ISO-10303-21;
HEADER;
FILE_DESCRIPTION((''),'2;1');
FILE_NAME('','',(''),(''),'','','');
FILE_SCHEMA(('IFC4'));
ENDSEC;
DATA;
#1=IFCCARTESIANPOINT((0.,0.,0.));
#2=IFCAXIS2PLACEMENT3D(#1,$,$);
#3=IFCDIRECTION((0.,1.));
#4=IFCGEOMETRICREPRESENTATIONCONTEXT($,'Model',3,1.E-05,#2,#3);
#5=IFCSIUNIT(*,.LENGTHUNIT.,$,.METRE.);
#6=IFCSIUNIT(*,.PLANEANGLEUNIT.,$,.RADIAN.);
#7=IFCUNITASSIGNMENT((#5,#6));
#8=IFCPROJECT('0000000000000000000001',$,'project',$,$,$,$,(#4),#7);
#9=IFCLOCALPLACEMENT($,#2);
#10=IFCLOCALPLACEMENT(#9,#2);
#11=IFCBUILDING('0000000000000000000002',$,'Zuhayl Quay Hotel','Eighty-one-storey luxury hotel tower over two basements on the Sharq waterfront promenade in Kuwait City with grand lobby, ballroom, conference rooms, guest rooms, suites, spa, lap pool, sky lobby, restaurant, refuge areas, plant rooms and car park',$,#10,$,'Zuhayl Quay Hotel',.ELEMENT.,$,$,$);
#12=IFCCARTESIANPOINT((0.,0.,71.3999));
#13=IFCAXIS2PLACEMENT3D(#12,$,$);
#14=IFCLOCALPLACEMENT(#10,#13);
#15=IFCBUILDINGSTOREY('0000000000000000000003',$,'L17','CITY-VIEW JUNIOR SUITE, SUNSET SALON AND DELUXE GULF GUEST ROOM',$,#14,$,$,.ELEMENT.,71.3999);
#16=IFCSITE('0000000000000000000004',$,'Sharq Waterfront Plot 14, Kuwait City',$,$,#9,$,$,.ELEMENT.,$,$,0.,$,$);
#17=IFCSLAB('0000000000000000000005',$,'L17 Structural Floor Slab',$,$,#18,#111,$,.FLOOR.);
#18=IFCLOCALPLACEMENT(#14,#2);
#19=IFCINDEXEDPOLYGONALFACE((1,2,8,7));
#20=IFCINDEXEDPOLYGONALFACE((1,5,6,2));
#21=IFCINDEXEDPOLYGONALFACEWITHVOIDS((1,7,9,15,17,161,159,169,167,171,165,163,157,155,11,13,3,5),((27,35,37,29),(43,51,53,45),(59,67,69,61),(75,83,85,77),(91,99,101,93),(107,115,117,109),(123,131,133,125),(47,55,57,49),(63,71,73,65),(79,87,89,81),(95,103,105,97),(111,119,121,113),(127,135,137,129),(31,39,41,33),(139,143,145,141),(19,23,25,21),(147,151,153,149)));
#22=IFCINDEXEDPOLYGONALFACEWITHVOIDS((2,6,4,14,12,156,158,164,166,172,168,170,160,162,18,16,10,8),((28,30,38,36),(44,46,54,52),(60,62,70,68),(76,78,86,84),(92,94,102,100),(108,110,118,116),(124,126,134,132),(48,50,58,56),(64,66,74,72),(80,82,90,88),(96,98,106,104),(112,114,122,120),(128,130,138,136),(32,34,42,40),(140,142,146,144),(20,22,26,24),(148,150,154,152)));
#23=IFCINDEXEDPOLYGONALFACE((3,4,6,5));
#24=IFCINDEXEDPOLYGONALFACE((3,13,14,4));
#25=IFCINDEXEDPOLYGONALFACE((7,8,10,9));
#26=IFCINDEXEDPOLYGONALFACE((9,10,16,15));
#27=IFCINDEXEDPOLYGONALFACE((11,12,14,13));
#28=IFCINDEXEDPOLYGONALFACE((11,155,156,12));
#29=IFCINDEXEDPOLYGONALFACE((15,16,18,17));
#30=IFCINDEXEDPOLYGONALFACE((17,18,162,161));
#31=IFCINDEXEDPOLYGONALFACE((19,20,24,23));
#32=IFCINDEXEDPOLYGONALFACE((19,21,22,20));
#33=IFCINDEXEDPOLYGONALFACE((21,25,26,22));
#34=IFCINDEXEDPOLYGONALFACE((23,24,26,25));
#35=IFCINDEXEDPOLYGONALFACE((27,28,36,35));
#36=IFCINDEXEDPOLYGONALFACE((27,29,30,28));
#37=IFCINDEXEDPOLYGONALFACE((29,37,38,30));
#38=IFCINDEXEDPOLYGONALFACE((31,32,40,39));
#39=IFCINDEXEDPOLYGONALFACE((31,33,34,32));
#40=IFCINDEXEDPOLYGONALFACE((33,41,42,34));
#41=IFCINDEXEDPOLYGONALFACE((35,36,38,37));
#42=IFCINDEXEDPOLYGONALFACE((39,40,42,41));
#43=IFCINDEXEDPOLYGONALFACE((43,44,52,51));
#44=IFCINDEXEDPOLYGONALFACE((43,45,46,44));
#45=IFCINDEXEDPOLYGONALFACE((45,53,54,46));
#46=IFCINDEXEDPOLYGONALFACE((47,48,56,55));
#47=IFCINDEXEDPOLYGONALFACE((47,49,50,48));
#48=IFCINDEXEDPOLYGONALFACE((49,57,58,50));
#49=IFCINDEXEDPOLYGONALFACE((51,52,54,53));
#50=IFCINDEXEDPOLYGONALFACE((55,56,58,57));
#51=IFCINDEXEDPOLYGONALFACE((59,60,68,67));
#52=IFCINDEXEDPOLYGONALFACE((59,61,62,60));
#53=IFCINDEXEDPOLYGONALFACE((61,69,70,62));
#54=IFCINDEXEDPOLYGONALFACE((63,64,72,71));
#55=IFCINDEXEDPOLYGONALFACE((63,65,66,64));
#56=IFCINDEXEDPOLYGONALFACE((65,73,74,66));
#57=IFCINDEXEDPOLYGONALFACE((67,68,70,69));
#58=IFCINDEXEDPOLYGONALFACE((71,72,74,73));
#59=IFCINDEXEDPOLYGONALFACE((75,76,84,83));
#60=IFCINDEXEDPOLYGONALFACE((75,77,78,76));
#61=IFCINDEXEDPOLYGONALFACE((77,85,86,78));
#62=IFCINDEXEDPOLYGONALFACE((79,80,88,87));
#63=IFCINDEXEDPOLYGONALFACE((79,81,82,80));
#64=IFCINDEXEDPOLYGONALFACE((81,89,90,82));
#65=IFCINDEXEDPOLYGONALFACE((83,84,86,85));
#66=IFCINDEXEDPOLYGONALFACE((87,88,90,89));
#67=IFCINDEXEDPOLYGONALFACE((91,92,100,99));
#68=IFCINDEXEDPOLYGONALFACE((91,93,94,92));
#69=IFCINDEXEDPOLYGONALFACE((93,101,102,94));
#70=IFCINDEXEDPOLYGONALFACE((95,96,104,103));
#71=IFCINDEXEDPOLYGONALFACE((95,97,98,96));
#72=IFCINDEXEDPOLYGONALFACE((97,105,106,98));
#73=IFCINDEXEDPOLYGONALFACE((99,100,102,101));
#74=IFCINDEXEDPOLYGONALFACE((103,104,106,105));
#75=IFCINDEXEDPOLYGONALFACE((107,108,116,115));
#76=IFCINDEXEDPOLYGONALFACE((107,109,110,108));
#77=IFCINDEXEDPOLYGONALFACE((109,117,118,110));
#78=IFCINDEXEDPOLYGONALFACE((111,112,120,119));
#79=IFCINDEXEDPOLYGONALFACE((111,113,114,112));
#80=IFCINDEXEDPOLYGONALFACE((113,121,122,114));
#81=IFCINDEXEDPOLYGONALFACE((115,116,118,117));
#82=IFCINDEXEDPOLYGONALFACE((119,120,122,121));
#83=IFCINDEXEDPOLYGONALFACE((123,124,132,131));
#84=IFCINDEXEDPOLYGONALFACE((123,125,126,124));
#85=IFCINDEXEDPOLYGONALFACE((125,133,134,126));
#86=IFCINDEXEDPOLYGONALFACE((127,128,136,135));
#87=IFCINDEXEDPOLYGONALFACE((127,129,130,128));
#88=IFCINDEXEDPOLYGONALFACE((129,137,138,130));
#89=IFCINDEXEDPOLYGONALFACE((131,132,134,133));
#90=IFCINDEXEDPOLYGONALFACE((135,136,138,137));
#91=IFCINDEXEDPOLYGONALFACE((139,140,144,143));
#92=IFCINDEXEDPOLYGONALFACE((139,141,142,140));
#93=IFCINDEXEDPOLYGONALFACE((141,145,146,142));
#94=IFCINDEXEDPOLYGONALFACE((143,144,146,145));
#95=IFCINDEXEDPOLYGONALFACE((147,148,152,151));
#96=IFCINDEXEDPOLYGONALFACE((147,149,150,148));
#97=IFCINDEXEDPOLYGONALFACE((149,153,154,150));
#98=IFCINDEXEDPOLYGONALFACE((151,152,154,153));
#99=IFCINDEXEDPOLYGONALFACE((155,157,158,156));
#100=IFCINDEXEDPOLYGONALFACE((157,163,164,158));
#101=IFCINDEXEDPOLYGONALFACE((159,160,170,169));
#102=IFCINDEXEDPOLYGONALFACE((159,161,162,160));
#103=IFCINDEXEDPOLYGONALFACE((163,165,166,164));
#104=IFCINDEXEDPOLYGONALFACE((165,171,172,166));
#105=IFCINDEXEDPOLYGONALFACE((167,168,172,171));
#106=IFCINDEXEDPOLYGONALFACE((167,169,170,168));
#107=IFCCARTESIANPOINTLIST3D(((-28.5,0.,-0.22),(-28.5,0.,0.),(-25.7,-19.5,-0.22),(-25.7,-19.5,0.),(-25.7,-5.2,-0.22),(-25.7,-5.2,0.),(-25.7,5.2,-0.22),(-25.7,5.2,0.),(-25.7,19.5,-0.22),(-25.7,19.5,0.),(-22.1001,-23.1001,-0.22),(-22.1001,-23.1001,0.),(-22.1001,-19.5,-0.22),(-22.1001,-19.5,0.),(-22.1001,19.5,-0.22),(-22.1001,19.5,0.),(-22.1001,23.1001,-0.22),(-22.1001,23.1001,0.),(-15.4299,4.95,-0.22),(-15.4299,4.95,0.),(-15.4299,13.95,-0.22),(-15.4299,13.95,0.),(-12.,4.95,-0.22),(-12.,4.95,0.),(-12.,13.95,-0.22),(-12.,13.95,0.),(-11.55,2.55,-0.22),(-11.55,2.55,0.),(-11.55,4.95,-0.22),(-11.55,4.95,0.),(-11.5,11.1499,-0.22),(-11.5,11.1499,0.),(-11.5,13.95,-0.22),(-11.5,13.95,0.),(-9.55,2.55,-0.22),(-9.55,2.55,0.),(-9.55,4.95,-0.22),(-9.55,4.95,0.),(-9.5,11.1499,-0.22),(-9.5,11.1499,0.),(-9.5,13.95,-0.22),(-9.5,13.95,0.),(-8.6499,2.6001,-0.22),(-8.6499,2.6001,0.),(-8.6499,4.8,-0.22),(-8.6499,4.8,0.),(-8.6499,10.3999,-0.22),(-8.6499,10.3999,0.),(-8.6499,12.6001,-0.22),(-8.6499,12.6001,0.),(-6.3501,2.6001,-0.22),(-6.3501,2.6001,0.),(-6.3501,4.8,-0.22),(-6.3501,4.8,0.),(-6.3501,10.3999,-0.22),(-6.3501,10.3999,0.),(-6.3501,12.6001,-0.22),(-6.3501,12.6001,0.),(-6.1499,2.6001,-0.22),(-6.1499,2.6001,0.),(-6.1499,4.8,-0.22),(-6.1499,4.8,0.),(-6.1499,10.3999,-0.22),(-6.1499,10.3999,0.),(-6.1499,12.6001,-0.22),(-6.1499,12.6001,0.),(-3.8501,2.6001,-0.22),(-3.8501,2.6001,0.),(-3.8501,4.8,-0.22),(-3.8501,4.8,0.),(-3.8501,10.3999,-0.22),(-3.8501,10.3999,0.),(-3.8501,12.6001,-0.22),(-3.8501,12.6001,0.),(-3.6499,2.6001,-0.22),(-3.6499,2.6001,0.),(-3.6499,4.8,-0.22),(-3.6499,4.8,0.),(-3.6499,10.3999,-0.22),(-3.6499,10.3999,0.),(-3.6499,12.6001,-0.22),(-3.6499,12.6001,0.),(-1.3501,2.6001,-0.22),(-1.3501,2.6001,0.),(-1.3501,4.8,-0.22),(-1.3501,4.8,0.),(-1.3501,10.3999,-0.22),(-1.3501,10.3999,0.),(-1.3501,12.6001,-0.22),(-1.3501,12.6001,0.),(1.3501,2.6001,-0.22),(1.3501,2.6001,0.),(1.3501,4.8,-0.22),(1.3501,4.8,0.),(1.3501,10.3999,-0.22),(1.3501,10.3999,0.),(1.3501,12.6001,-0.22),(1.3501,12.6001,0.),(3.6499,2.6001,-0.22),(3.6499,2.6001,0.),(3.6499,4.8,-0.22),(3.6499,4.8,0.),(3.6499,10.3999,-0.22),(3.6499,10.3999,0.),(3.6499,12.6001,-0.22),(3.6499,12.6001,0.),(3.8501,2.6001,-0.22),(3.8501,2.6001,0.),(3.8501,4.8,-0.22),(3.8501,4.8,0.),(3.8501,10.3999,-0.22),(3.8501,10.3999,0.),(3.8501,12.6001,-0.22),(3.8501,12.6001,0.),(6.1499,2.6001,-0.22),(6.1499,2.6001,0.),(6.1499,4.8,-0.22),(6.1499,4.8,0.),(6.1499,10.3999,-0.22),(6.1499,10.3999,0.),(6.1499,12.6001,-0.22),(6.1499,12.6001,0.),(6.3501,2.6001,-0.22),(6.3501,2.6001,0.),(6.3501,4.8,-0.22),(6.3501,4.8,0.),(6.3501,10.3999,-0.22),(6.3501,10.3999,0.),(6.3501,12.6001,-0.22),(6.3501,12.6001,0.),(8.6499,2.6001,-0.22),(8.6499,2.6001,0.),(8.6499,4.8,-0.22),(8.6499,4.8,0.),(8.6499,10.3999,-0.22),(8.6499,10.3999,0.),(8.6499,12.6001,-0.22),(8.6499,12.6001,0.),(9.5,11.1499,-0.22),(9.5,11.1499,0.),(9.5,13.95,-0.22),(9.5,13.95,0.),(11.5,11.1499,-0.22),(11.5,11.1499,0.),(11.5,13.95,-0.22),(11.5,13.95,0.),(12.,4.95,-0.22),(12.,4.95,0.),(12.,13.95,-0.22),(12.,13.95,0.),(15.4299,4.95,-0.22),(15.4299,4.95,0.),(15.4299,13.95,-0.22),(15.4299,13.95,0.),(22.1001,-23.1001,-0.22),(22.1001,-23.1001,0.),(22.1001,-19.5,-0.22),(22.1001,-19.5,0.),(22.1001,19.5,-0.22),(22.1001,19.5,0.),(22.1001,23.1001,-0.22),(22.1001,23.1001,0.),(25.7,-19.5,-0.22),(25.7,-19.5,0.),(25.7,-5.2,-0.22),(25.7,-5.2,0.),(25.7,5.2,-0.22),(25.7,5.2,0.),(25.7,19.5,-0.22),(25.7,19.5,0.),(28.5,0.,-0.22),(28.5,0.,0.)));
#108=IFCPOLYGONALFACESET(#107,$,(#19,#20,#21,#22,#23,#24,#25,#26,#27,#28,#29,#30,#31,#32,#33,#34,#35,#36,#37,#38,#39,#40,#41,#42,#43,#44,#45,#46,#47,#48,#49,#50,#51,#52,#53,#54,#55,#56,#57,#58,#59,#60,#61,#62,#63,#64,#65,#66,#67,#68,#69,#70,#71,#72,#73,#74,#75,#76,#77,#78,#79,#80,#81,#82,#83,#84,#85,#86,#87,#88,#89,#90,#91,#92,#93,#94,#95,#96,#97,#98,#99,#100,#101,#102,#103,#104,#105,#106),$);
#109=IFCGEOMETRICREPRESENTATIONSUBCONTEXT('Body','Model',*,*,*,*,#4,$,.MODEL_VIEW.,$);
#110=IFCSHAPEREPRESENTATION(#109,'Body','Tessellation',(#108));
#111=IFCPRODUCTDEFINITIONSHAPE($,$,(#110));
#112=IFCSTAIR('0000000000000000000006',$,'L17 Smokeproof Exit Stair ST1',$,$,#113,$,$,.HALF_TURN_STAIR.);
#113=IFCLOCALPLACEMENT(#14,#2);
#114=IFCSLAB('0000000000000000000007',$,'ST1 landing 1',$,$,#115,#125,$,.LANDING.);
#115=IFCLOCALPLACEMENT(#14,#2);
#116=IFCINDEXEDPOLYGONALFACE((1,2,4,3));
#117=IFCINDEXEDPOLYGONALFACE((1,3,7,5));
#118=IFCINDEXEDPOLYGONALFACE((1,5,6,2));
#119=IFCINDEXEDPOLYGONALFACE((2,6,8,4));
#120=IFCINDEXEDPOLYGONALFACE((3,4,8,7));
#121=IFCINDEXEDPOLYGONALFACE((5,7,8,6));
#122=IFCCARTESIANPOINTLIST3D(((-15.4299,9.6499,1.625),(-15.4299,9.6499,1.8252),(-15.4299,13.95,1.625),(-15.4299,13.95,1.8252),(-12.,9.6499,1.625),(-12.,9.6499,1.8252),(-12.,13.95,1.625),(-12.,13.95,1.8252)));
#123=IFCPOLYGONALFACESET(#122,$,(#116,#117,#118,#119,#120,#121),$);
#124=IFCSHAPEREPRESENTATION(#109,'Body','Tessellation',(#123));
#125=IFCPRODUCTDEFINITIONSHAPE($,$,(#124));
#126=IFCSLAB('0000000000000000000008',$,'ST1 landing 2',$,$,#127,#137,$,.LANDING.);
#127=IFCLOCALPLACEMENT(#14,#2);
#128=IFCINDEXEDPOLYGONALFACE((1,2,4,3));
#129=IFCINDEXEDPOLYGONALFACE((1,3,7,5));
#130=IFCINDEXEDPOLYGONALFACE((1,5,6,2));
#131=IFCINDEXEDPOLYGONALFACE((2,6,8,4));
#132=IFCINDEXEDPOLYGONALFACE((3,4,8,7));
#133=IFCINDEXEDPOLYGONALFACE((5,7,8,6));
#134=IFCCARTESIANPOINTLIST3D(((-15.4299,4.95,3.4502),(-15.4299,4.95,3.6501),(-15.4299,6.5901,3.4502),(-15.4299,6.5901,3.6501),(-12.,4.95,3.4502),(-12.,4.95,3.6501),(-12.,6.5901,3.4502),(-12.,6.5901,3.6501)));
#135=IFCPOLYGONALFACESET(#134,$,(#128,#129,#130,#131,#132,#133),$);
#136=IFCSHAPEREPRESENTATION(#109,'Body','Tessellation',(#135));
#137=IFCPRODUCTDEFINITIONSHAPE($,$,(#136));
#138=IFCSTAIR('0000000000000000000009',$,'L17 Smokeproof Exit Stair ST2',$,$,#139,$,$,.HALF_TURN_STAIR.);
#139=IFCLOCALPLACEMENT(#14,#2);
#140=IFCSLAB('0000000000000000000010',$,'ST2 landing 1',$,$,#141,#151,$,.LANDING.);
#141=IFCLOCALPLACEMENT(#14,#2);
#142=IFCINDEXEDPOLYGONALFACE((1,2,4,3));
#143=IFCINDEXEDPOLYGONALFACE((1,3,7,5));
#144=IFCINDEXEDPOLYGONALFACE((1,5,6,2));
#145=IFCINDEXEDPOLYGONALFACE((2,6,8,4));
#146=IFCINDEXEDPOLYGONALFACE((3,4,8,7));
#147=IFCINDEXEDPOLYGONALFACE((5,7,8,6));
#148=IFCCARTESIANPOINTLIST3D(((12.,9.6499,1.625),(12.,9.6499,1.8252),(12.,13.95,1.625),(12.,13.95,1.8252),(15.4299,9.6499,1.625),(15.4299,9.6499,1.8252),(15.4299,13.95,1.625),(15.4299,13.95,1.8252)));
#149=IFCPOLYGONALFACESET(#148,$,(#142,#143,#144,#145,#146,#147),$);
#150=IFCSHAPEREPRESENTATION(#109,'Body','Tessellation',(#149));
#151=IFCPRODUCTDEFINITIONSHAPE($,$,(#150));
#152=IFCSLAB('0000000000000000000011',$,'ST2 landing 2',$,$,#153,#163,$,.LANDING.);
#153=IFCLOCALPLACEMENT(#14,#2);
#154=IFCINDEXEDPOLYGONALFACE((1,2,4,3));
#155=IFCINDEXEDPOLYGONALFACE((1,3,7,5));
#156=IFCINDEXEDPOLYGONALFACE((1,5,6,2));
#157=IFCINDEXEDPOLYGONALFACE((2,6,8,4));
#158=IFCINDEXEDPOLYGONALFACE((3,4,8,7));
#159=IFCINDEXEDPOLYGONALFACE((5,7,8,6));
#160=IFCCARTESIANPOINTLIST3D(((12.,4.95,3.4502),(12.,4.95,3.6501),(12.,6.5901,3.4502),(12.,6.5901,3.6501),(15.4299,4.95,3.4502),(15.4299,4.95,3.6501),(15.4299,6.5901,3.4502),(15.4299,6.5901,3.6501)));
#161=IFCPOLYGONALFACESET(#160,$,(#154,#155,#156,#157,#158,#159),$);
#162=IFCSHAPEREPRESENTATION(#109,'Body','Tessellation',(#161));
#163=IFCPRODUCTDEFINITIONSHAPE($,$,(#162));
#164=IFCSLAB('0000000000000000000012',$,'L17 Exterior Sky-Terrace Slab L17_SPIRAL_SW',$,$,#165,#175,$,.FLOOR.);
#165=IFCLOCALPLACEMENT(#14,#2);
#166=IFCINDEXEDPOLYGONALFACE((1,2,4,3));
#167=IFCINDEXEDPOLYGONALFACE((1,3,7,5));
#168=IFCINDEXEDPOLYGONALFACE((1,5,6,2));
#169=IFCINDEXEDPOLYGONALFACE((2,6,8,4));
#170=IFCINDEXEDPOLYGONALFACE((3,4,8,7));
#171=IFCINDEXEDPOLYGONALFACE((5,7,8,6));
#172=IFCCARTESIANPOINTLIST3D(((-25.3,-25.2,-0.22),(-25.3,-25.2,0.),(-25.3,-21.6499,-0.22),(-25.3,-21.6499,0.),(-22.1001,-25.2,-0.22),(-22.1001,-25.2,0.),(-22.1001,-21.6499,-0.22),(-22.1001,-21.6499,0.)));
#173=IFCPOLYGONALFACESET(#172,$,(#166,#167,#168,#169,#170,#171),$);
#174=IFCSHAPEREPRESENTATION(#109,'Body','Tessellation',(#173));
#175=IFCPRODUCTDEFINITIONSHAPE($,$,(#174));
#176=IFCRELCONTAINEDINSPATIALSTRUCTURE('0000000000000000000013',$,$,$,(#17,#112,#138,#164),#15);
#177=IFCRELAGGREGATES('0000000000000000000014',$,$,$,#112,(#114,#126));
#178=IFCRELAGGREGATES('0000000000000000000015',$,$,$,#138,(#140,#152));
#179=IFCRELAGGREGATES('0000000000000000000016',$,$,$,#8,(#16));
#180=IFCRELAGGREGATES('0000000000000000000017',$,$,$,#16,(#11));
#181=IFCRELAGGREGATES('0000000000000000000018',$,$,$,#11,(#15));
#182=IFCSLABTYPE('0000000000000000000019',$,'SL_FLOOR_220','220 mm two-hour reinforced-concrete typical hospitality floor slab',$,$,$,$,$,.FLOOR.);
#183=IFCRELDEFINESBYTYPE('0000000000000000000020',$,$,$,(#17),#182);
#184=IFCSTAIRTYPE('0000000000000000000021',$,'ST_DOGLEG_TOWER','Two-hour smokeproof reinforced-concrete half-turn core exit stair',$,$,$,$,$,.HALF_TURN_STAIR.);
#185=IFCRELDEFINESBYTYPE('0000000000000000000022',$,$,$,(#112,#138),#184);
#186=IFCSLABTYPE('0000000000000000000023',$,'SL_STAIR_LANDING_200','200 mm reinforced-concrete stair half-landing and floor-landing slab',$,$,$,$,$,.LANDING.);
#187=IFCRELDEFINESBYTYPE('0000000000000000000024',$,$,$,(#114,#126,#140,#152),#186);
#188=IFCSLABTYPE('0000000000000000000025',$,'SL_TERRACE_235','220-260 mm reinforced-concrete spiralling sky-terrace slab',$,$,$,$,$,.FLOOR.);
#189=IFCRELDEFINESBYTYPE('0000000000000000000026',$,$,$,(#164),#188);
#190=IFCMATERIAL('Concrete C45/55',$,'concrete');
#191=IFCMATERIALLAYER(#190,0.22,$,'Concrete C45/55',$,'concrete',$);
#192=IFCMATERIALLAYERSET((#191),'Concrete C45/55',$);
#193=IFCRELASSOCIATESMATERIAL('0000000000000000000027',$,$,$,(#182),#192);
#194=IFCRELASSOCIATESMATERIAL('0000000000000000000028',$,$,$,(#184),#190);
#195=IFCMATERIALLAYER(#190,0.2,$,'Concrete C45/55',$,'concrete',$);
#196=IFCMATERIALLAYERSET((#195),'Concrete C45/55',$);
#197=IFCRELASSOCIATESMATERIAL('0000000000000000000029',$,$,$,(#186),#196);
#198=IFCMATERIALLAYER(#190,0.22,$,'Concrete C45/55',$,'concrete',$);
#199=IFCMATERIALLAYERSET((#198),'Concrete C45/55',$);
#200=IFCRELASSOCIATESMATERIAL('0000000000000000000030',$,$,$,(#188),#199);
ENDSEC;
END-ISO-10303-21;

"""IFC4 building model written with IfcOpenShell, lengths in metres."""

from ifc_helpers import new_model, si_unit, direction, frame, origin, place, context, subcontext, project, spatial, polyline, outline, extrude, material, layer, layer_set, type_object, element, aggregate, save


model = new_model("IFC4")

# Units and contexts
model_context = context("Model", 3, precision=1e-05, world=origin(), true_north=direction((0.0, 1.0)))
body_context = subcontext(model_context, "Body", "Model", "MODEL_VIEW")
ifc_project = project(units=[si_unit("LENGTHUNIT", "METRE"), si_unit("PLANEANGLEUNIT", "RADIAN")], contexts=[model_context])

# Site, building, storey
site_placement = place(None, origin())
site = spatial("IfcSite", under=ifc_project, at=site_placement, Name="Sharq Waterfront Plot 14, Kuwait City", CompositionType="ELEMENT", RefElevation=0.0)
building_placement = place(site_placement, origin())
building = spatial("IfcBuilding", under=site, at=building_placement, Name="Zuhayl Quay Hotel", Description="Eighty-one-storey luxury hotel tower over two basements on the Sharq waterfront promenade in Kuwait City with grand lobby, ballroom, conference rooms, guest rooms, suites, spa, lap pool, sky lobby, restaurant, refuge areas, plant rooms and car park", LongName="Zuhayl Quay Hotel", CompositionType="ELEMENT")
storey_placement = place(building_placement, frame((0.0, 0.0, 71.3999)))
storey = spatial("IfcBuildingStorey", under=building, at=storey_placement, Name="L17", Description="CITY-VIEW JUNIOR SUITE, SUNSET SALON AND DELUXE GULF GUEST ROOM", CompositionType="ELEMENT", Elevation=71.3999)

# Slab
ifc_material_1 = material(Name="Concrete C45/55", Category="concrete")
ifc_layer_1 = layer(ifc_material_1, 0.22, Name="Concrete C45/55", Category="concrete")
ifc_layer_set_1 = layer_set([ifc_layer_1], Name="Concrete C45/55")
slab_type_1 = type_object("IfcSlabType", Name="SL_FLOOR_220", Description="220 mm two-hour reinforced-concrete typical hospitality floor slab", PredefinedType="FLOOR", material=ifc_layer_set_1)
slab_1_placement = place(storey_placement, frame((0.0, 0.0, -0.22)))
element("IfcSlab", 1, at=slab_1_placement, inside=storey, type_object=slab_type_1, Name="L17 Structural Floor Slab", PredefinedType="FLOOR", context=body_context, shape_type="SweptSolid", body=[
    extrude(outline(polyline([(-22.1001, -23.1001), (22.1001, -23.1001), (22.1001, -19.5), (25.7, -19.5), (25.7, -5.2), (28.5, 0.0), (25.7, 5.2), (25.7, 19.5), (22.1001, 19.5), (22.1001, 23.1001), (-22.1001, 23.1001), (-22.1001, 19.5), (-25.7, 19.5), (-25.7, 5.2), (-28.5, 0.0), (-25.7, -5.2), (-25.7, -19.5), (-22.1001, -19.5), (-22.1001, -23.1001)]), holes=[polyline([(-12.0, 4.95), (-12.0, 13.95), (-15.4299, 13.95), (-15.4299, 4.95), (-12.0, 4.95)]), polyline([(15.4299, 4.95), (15.4299, 13.95), (12.0, 13.95), (12.0, 4.95), (15.4299, 4.95)]), polyline([(-11.5, 11.1499), (-9.5, 11.1499), (-9.5, 13.95), (-11.5, 13.95), (-11.5, 11.1499)]), polyline([(9.5, 11.1499), (11.5, 11.1499), (11.5, 13.95), (9.5, 13.95), (9.5, 11.1499)]), polyline([(-8.6499, 2.6001), (-6.3501, 2.6001), (-6.3501, 4.8), (-8.6499, 4.8), (-8.6499, 2.6001)]), polyline([(-6.1499, 2.6001), (-3.8501, 2.6001), (-3.8501, 4.8), (-6.1499, 4.8), (-6.1499, 2.6001)]), polyline([(-8.6499, 10.3999), (-6.3501, 10.3999), (-6.3501, 12.6001), (-8.6499, 12.6001), (-8.6499, 10.3999)]), polyline([(-6.1499, 10.3999), (-3.8501, 10.3999), (-3.8501, 12.6001), (-6.1499, 12.6001), (-6.1499, 10.3999)]), polyline([(-3.6499, 2.6001), (-1.3501, 2.6001), (-1.3501, 4.8), (-3.6499, 4.8), (-3.6499, 2.6001)]), polyline([(1.3501, 2.6001), (3.6499, 2.6001), (3.6499, 4.8), (1.3501, 4.8), (1.3501, 2.6001)]), polyline([(-3.6499, 10.3999), (-1.3501, 10.3999), (-1.3501, 12.6001), (-3.6499, 12.6001), (-3.6499, 10.3999)]), polyline([(1.3501, 10.3999), (3.6499, 10.3999), (3.6499, 12.6001), (1.3501, 12.6001), (1.3501, 10.3999)]), polyline([(3.8501, 2.6001), (6.1499, 2.6001), (6.1499, 4.8), (3.8501, 4.8), (3.8501, 2.6001)]), polyline([(6.3501, 2.6001), (8.6499, 2.6001), (8.6499, 4.8), (6.3501, 4.8), (6.3501, 2.6001)]), polyline([(3.8501, 10.3999), (6.1499, 10.3999), (6.1499, 12.6001), (3.8501, 12.6001), (3.8501, 10.3999)]), polyline([(6.3501, 10.3999), (8.6499, 10.3999), (8.6499, 12.6001), (6.3501, 12.6001), (6.3501, 10.3999)]), polyline([(-11.55, 2.55), (-9.55, 2.55), (-9.55, 4.95), (-11.55, 4.95), (-11.55, 2.55)])]), origin(), (0.0, 0.0, 1.0), 0.22),
])

# Stairs, slabs
stair_type = type_object("IfcStairType", Name="ST_DOGLEG_TOWER", Description="Two-hour smokeproof reinforced-concrete half-turn core exit stair", PredefinedType="HALF_TURN_STAIR", material=ifc_material_1)
stair_1_placement = place(storey_placement, origin())
stair_1 = element("IfcStair", 2, at=stair_1_placement, inside=storey, type_object=stair_type, Name="L17 Smokeproof Exit Stair ST1", PredefinedType="HALF_TURN_STAIR")
ifc_layer_2 = layer(ifc_material_1, 0.2, Name="Concrete C45/55", Category="concrete")
ifc_layer_set_2 = layer_set([ifc_layer_2], Name="Concrete C45/55")
slab_type_2 = type_object("IfcSlabType", Name="SL_STAIR_LANDING_200", Description="200 mm reinforced-concrete stair half-landing and floor-landing slab", PredefinedType="LANDING", material=ifc_layer_set_2)
slab_2_placement = place(storey_placement, frame((0.0, 0.0, 1.625)))
slab_2 = element("IfcSlab", 3, at=slab_2_placement, type_object=slab_type_2, Name="ST1 landing 1", PredefinedType="LANDING", context=body_context, shape_type="SweptSolid", body=[
    extrude(outline(polyline([(-12.0, 9.6499), (-12.0, 13.95), (-15.4299, 13.95), (-15.4299, 9.6499), (-12.0, 9.6499)])), origin(), (0.0, 0.0, 1.0), 0.2002),
])
slab_3_placement = place(storey_placement, frame((0.0, 0.0, 3.4502)))
slab_3 = element("IfcSlab", 4, at=slab_3_placement, type_object=slab_type_2, Name="ST1 landing 2", PredefinedType="LANDING", context=body_context, shape_type="SweptSolid", body=[
    extrude(outline(polyline([(-12.0, 4.95), (-12.0, 6.5901), (-15.4299, 6.5901), (-15.4299, 4.95), (-12.0, 4.95)])), origin(), (0.0, 0.0, 1.0), 0.2),
])
aggregate(stair_1, [slab_2, slab_3])
stair_2_placement = place(storey_placement, origin())
stair_2 = element("IfcStair", 5, at=stair_2_placement, inside=storey, type_object=stair_type, Name="L17 Smokeproof Exit Stair ST2", PredefinedType="HALF_TURN_STAIR")
slab_4_placement = place(storey_placement, frame((0.0, 0.0, 1.625)))
slab_4 = element("IfcSlab", 6, at=slab_4_placement, type_object=slab_type_2, Name="ST2 landing 1", PredefinedType="LANDING", context=body_context, shape_type="SweptSolid", body=[
    extrude(outline(polyline([(15.4299, 9.6499), (15.4299, 13.95), (12.0, 13.95), (12.0, 9.6499), (15.4299, 9.6499)])), origin(), (0.0, 0.0, 1.0), 0.2002),
])
slab_5_placement = place(storey_placement, frame((0.0, 0.0, 3.4502)))
slab_5 = element("IfcSlab", 7, at=slab_5_placement, type_object=slab_type_2, Name="ST2 landing 2", PredefinedType="LANDING", context=body_context, shape_type="SweptSolid", body=[
    extrude(outline(polyline([(15.4299, 4.95), (15.4299, 6.5901), (12.0, 6.5901), (12.0, 4.95), (15.4299, 4.95)])), origin(), (0.0, 0.0, 1.0), 0.2),
])
aggregate(stair_2, [slab_4, slab_5])

# Slab
ifc_layer_3 = layer(ifc_material_1, 0.22, Name="Concrete C45/55", Category="concrete")
ifc_layer_set_3 = layer_set([ifc_layer_3], Name="Concrete C45/55")
slab_type_3 = type_object("IfcSlabType", Name="SL_TERRACE_235", Description="220-260 mm reinforced-concrete spiralling sky-terrace slab", PredefinedType="FLOOR", material=ifc_layer_set_3)
slab_6_placement = place(storey_placement, frame((0.0, 0.0, -0.22)))
element("IfcSlab", 8, at=slab_6_placement, inside=storey, type_object=slab_type_3, Name="L17 Exterior Sky-Terrace Slab L17_SPIRAL_SW", PredefinedType="FLOOR", context=body_context, shape_type="SweptSolid", body=[
    extrude(outline(polyline([(-25.3, -25.2), (-22.1001, -25.2), (-22.1001, -21.6499), (-25.3, -21.6499), (-25.3, -25.2)])), origin(), (0.0, 0.0, 1.0), 0.22),
])

save(model, "model.ifc")
